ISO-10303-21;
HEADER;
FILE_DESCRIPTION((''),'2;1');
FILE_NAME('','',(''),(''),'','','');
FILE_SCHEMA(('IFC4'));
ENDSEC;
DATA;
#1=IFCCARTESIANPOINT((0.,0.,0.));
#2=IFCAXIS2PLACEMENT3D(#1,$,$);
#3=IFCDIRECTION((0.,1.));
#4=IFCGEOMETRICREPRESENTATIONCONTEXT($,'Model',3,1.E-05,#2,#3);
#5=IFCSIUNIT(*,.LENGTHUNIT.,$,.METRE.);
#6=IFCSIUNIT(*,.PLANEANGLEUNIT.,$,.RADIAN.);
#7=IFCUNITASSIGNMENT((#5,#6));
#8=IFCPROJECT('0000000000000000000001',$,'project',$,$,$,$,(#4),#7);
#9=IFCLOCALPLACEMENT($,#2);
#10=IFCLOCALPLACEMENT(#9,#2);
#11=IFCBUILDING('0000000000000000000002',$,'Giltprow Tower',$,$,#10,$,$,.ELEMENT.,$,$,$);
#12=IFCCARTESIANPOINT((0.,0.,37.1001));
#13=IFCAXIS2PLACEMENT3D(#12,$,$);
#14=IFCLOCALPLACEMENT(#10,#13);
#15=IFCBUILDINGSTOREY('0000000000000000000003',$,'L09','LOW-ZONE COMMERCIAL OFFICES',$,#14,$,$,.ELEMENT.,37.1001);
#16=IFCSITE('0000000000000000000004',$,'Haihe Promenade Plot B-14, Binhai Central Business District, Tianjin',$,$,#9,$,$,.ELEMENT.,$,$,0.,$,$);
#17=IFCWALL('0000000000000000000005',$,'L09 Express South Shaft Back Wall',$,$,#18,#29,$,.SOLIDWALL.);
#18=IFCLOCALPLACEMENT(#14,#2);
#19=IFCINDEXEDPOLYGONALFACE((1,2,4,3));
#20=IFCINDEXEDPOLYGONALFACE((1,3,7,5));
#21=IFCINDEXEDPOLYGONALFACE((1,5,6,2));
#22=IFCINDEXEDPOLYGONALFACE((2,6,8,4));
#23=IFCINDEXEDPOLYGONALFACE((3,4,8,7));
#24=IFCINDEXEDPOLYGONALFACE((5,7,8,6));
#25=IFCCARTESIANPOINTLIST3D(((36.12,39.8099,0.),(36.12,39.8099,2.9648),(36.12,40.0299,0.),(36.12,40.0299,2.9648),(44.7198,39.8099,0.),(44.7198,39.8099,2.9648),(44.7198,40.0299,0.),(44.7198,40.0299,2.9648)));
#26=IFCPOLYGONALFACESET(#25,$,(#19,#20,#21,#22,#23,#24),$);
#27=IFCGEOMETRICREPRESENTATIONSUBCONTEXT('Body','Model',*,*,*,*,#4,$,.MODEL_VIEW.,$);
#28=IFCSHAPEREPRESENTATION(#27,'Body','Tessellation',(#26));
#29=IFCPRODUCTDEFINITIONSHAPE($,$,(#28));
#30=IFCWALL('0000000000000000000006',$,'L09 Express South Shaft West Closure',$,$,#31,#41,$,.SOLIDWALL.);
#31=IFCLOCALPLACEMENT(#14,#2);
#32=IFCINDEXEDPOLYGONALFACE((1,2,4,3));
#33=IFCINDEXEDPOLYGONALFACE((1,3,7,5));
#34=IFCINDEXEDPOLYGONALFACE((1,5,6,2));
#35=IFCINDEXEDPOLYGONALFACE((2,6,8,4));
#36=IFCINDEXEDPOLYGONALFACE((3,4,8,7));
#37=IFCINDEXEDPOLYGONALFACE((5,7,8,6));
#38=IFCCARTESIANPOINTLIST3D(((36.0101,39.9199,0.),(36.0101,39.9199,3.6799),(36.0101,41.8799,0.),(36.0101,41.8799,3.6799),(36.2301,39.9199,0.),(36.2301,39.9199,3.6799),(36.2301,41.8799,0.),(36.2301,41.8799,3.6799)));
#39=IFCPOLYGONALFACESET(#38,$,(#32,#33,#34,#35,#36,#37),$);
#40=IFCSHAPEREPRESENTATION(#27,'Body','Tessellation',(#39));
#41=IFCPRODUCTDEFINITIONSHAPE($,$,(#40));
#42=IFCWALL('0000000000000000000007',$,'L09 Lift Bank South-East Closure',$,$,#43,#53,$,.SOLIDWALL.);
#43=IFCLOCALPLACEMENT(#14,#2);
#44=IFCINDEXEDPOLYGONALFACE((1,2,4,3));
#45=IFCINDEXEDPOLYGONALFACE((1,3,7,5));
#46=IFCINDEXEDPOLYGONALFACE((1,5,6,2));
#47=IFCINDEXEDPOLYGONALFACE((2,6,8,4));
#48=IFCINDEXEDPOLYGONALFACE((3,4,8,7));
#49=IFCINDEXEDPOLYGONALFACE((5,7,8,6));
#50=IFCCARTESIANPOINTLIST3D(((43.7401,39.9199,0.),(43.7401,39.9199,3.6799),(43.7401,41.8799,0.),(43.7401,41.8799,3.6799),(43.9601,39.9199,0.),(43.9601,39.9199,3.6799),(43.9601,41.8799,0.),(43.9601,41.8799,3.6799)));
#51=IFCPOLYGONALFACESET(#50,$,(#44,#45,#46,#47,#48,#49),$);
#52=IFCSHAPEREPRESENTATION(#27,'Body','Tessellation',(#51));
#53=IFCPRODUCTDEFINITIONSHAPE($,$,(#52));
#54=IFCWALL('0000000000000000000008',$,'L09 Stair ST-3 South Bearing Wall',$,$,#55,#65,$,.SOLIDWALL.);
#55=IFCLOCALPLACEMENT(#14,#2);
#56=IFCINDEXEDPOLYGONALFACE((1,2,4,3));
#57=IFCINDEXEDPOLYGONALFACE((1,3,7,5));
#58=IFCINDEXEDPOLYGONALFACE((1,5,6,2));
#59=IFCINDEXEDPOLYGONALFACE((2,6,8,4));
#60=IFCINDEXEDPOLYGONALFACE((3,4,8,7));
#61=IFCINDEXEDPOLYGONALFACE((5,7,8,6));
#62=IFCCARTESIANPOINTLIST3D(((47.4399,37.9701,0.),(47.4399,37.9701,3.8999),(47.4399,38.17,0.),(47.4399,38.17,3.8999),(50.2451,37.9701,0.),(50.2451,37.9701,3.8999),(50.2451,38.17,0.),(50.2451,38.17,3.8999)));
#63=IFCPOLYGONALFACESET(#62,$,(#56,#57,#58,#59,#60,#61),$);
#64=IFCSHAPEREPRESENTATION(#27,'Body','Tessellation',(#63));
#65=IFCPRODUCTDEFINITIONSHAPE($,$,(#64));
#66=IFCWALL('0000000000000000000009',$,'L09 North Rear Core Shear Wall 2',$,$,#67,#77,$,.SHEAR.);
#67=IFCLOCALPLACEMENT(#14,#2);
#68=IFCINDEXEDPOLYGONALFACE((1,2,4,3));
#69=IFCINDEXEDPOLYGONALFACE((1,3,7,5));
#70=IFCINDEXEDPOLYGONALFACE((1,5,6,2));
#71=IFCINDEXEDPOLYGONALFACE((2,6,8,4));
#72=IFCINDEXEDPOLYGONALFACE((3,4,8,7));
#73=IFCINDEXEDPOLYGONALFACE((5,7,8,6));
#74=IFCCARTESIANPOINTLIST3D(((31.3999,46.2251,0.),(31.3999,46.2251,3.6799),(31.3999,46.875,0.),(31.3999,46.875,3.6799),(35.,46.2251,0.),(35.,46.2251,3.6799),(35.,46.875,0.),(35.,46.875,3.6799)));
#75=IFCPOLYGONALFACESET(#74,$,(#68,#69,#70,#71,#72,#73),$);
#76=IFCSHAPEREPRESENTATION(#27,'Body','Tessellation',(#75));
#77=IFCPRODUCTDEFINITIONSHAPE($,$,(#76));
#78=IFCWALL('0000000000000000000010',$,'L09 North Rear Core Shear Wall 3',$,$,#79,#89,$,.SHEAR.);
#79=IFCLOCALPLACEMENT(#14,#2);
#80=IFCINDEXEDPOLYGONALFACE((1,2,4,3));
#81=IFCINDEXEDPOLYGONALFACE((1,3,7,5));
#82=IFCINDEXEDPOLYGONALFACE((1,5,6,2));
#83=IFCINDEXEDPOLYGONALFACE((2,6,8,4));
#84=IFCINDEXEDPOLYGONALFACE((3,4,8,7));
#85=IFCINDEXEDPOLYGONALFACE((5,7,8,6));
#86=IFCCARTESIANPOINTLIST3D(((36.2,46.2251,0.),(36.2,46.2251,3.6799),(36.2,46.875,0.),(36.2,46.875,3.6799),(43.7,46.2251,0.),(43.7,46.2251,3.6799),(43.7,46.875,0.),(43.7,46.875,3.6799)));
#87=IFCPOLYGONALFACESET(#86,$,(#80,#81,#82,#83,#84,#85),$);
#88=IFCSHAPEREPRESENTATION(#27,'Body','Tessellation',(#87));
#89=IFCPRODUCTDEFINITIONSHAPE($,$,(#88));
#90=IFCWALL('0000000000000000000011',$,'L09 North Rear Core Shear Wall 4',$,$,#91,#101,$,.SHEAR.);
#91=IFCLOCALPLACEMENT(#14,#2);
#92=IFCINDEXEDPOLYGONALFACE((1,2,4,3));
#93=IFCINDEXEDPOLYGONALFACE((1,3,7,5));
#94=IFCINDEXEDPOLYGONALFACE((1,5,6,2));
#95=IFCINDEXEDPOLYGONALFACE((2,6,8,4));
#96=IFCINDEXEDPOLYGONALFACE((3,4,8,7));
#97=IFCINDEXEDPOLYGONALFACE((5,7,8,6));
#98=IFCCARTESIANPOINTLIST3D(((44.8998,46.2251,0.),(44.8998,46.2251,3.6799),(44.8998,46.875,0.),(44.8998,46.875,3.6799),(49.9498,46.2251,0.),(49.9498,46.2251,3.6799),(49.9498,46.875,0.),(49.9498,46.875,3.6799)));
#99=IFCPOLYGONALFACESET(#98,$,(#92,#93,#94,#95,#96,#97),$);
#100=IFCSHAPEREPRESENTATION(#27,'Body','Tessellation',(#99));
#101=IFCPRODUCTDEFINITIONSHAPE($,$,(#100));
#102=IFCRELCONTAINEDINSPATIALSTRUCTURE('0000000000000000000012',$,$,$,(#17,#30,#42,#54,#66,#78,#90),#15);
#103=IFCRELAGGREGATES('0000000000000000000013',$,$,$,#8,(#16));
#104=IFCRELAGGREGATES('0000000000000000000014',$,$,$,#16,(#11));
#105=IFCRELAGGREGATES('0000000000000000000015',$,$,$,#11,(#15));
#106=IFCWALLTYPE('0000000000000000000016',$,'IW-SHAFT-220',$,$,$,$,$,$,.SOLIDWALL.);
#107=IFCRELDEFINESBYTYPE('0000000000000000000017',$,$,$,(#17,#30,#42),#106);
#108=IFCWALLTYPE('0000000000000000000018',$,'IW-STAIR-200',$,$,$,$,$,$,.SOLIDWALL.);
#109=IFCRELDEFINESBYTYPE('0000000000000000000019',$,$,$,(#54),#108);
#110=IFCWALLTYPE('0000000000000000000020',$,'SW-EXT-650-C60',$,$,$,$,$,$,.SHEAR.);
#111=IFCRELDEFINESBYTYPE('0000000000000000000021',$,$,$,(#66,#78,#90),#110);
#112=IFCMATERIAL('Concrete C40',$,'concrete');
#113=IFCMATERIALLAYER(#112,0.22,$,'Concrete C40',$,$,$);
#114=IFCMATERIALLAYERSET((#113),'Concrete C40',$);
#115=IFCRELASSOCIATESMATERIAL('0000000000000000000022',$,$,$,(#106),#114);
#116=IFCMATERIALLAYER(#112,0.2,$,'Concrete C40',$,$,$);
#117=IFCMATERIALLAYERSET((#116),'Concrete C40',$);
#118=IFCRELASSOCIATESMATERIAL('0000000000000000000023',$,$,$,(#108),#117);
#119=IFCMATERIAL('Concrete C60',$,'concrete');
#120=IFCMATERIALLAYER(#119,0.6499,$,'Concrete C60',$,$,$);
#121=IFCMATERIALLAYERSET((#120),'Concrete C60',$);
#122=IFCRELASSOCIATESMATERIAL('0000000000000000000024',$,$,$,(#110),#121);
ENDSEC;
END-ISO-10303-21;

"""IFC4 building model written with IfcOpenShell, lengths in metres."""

from ifc_helpers import new_model, si_unit, direction, frame, frame_2d, origin, place, context, subcontext, project, spatial, rectangle, extrude, material, layer, layer_set, type_object, element, save


model = new_model("IFC4")

# Units and contexts
model_context = context("Model", 3, precision=1e-05, world=origin(), true_north=direction((0.0, 1.0)))
body_context = subcontext(model_context, "Body", "Model", "MODEL_VIEW")
ifc_project = project(units=[si_unit("LENGTHUNIT", "METRE"), si_unit("PLANEANGLEUNIT", "RADIAN")], contexts=[model_context])

# Site, building, storey
site_placement = place(None, origin())
site = spatial("IfcSite", under=ifc_project, at=site_placement, Name="Haihe Promenade Plot B-14, Binhai Central Business District, Tianjin", CompositionType="ELEMENT", RefElevation=0.0)
building_placement = place(site_placement, origin())
building = spatial("IfcBuilding", under=site, at=building_placement, Name="Giltprow Tower", CompositionType="ELEMENT")
storey_placement = place(building_placement, frame((0.0, 0.0, 37.1001)))
storey = spatial("IfcBuildingStorey", under=building, at=storey_placement, Name="L09", Description="LOW-ZONE COMMERCIAL OFFICES", CompositionType="ELEMENT", Elevation=37.1001)

# Shared definitions
ifc_material_1 = material(Name="Concrete C60", Category="concrete")

# Shared definitions
ifc_material_2 = material(Name="Concrete C40", Category="concrete")
ifc_layer_1 = layer(ifc_material_2, 0.22, Name="Concrete C40")
ifc_layer_set_1 = layer_set([ifc_layer_1], Name="Concrete C40")
wall_type_1 = type_object("IfcWallType", Name="IW-SHAFT-220", PredefinedType="SOLIDWALL", material=ifc_layer_set_1)

# Walls
wall_1_placement = place(storey_placement, frame((36.1201, 39.9199, 0.0), z_axis=(0.0, 0.0, 1.0), x_axis=(1.0, 0.0, 0.0)))
element("IfcWall", 1, at=wall_1_placement, inside=storey, type_object=wall_type_1, Name="L09 Express South Shaft Back Wall", PredefinedType="SOLIDWALL", context=body_context, shape_type="SweptSolid", body=[
    extrude(rectangle(XDim=8.5999, YDim=0.22, at=frame_2d((4.2998, 0.0))), origin(), (0.0, 0.0, 1.0), 2.9648),
])
for number, where, z_axis, x_axis, name in (
    (2, (36.1201, 39.9199, 0.0), (0.0, 0.0, 1.0), (0.0, 1.0, 0.0), "L09 Express South Shaft West Closure"),
    (3, (43.8501, 39.9199, 0.0), (0.0, 0.0, 1.0), (0.0, 1.0, 0.0), "L09 Lift Bank South-East Closure"),
):
    element("IfcWall", number, at=place(storey_placement, frame(where, z_axis=z_axis, x_axis=x_axis)), inside=storey, type_object=wall_type_1, Name=name, PredefinedType="SOLIDWALL", context=body_context, shape_type="SweptSolid", body=[
        extrude(rectangle(XDim=1.96, YDim=0.22, at=frame_2d((0.98, 0.0))), origin(), (0.0, 0.0, 1.0), 3.6799),
    ])
ifc_layer_2 = layer(ifc_material_2, 0.2, Name="Concrete C40")
ifc_layer_set_2 = layer_set([ifc_layer_2], Name="Concrete C40")
wall_type_2 = type_object("IfcWallType", Name="IW-STAIR-200", PredefinedType="SOLIDWALL", material=ifc_layer_set_2)
wall_2_placement = place(storey_placement, frame((47.4399, 38.0701, 0.0), z_axis=(0.0, 0.0, 1.0), x_axis=(1.0, 0.0, 0.0)))
element("IfcWall", 4, at=wall_2_placement, inside=storey, type_object=wall_type_2, Name="L09 Stair ST-3 South Bearing Wall", PredefinedType="SOLIDWALL", context=body_context, shape_type="SweptSolid", body=[
    extrude(rectangle(XDim=2.8052, YDim=0.2, at=frame_2d((1.4026, 0.0))), origin(), (0.0, 0.0, 1.0), 3.8999),
])
ifc_layer_3 = layer(ifc_material_1, 0.6499, Name="Concrete C60")
ifc_layer_set_3 = layer_set([ifc_layer_3], Name="Concrete C60")
wall_type_3 = type_object("IfcWallType", Name="SW-EXT-650-C60", PredefinedType="SHEAR", material=ifc_layer_set_3)
wall_3_placement = place(storey_placement, frame((31.3999, 46.55, 0.0), z_axis=(0.0, 0.0, 1.0), x_axis=(1.0, 0.0, 0.0)))
element("IfcWall", 5, at=wall_3_placement, inside=storey, type_object=wall_type_3, Name="L09 North Rear Core Shear Wall 2", PredefinedType="SHEAR", context=body_context, shape_type="SweptSolid", body=[
    extrude(rectangle(XDim=3.6001, YDim=0.6499, at=frame_2d((1.8, 0.0))), origin(), (0.0, 0.0, 1.0), 3.6799),
])
wall_4_placement = place(storey_placement, frame((36.2, 46.55, 0.0), z_axis=(0.0, 0.0, 1.0), x_axis=(1.0, 0.0, 0.0)))
element("IfcWall", 6, at=wall_4_placement, inside=storey, type_object=wall_type_3, Name="L09 North Rear Core Shear Wall 3", PredefinedType="SHEAR", context=body_context, shape_type="SweptSolid", body=[
    extrude(rectangle(XDim=7.5, YDim=0.6499, at=frame_2d((3.75, 0.0))), origin(), (0.0, 0.0, 1.0), 3.6799),
])
wall_5_placement = place(storey_placement, frame((44.8999, 46.55, 0.0), z_axis=(0.0, 0.0, 1.0), x_axis=(1.0, 0.0, 0.0)))
element("IfcWall", 7, at=wall_5_placement, inside=storey, type_object=wall_type_3, Name="L09 North Rear Core Shear Wall 4", PredefinedType="SHEAR", context=body_context, shape_type="SweptSolid", body=[
    extrude(rectangle(XDim=5.05, YDim=0.6499, at=frame_2d((2.5249, 0.0))), origin(), (0.0, 0.0, 1.0), 3.6799),
])

save(model, "model.ifc")
